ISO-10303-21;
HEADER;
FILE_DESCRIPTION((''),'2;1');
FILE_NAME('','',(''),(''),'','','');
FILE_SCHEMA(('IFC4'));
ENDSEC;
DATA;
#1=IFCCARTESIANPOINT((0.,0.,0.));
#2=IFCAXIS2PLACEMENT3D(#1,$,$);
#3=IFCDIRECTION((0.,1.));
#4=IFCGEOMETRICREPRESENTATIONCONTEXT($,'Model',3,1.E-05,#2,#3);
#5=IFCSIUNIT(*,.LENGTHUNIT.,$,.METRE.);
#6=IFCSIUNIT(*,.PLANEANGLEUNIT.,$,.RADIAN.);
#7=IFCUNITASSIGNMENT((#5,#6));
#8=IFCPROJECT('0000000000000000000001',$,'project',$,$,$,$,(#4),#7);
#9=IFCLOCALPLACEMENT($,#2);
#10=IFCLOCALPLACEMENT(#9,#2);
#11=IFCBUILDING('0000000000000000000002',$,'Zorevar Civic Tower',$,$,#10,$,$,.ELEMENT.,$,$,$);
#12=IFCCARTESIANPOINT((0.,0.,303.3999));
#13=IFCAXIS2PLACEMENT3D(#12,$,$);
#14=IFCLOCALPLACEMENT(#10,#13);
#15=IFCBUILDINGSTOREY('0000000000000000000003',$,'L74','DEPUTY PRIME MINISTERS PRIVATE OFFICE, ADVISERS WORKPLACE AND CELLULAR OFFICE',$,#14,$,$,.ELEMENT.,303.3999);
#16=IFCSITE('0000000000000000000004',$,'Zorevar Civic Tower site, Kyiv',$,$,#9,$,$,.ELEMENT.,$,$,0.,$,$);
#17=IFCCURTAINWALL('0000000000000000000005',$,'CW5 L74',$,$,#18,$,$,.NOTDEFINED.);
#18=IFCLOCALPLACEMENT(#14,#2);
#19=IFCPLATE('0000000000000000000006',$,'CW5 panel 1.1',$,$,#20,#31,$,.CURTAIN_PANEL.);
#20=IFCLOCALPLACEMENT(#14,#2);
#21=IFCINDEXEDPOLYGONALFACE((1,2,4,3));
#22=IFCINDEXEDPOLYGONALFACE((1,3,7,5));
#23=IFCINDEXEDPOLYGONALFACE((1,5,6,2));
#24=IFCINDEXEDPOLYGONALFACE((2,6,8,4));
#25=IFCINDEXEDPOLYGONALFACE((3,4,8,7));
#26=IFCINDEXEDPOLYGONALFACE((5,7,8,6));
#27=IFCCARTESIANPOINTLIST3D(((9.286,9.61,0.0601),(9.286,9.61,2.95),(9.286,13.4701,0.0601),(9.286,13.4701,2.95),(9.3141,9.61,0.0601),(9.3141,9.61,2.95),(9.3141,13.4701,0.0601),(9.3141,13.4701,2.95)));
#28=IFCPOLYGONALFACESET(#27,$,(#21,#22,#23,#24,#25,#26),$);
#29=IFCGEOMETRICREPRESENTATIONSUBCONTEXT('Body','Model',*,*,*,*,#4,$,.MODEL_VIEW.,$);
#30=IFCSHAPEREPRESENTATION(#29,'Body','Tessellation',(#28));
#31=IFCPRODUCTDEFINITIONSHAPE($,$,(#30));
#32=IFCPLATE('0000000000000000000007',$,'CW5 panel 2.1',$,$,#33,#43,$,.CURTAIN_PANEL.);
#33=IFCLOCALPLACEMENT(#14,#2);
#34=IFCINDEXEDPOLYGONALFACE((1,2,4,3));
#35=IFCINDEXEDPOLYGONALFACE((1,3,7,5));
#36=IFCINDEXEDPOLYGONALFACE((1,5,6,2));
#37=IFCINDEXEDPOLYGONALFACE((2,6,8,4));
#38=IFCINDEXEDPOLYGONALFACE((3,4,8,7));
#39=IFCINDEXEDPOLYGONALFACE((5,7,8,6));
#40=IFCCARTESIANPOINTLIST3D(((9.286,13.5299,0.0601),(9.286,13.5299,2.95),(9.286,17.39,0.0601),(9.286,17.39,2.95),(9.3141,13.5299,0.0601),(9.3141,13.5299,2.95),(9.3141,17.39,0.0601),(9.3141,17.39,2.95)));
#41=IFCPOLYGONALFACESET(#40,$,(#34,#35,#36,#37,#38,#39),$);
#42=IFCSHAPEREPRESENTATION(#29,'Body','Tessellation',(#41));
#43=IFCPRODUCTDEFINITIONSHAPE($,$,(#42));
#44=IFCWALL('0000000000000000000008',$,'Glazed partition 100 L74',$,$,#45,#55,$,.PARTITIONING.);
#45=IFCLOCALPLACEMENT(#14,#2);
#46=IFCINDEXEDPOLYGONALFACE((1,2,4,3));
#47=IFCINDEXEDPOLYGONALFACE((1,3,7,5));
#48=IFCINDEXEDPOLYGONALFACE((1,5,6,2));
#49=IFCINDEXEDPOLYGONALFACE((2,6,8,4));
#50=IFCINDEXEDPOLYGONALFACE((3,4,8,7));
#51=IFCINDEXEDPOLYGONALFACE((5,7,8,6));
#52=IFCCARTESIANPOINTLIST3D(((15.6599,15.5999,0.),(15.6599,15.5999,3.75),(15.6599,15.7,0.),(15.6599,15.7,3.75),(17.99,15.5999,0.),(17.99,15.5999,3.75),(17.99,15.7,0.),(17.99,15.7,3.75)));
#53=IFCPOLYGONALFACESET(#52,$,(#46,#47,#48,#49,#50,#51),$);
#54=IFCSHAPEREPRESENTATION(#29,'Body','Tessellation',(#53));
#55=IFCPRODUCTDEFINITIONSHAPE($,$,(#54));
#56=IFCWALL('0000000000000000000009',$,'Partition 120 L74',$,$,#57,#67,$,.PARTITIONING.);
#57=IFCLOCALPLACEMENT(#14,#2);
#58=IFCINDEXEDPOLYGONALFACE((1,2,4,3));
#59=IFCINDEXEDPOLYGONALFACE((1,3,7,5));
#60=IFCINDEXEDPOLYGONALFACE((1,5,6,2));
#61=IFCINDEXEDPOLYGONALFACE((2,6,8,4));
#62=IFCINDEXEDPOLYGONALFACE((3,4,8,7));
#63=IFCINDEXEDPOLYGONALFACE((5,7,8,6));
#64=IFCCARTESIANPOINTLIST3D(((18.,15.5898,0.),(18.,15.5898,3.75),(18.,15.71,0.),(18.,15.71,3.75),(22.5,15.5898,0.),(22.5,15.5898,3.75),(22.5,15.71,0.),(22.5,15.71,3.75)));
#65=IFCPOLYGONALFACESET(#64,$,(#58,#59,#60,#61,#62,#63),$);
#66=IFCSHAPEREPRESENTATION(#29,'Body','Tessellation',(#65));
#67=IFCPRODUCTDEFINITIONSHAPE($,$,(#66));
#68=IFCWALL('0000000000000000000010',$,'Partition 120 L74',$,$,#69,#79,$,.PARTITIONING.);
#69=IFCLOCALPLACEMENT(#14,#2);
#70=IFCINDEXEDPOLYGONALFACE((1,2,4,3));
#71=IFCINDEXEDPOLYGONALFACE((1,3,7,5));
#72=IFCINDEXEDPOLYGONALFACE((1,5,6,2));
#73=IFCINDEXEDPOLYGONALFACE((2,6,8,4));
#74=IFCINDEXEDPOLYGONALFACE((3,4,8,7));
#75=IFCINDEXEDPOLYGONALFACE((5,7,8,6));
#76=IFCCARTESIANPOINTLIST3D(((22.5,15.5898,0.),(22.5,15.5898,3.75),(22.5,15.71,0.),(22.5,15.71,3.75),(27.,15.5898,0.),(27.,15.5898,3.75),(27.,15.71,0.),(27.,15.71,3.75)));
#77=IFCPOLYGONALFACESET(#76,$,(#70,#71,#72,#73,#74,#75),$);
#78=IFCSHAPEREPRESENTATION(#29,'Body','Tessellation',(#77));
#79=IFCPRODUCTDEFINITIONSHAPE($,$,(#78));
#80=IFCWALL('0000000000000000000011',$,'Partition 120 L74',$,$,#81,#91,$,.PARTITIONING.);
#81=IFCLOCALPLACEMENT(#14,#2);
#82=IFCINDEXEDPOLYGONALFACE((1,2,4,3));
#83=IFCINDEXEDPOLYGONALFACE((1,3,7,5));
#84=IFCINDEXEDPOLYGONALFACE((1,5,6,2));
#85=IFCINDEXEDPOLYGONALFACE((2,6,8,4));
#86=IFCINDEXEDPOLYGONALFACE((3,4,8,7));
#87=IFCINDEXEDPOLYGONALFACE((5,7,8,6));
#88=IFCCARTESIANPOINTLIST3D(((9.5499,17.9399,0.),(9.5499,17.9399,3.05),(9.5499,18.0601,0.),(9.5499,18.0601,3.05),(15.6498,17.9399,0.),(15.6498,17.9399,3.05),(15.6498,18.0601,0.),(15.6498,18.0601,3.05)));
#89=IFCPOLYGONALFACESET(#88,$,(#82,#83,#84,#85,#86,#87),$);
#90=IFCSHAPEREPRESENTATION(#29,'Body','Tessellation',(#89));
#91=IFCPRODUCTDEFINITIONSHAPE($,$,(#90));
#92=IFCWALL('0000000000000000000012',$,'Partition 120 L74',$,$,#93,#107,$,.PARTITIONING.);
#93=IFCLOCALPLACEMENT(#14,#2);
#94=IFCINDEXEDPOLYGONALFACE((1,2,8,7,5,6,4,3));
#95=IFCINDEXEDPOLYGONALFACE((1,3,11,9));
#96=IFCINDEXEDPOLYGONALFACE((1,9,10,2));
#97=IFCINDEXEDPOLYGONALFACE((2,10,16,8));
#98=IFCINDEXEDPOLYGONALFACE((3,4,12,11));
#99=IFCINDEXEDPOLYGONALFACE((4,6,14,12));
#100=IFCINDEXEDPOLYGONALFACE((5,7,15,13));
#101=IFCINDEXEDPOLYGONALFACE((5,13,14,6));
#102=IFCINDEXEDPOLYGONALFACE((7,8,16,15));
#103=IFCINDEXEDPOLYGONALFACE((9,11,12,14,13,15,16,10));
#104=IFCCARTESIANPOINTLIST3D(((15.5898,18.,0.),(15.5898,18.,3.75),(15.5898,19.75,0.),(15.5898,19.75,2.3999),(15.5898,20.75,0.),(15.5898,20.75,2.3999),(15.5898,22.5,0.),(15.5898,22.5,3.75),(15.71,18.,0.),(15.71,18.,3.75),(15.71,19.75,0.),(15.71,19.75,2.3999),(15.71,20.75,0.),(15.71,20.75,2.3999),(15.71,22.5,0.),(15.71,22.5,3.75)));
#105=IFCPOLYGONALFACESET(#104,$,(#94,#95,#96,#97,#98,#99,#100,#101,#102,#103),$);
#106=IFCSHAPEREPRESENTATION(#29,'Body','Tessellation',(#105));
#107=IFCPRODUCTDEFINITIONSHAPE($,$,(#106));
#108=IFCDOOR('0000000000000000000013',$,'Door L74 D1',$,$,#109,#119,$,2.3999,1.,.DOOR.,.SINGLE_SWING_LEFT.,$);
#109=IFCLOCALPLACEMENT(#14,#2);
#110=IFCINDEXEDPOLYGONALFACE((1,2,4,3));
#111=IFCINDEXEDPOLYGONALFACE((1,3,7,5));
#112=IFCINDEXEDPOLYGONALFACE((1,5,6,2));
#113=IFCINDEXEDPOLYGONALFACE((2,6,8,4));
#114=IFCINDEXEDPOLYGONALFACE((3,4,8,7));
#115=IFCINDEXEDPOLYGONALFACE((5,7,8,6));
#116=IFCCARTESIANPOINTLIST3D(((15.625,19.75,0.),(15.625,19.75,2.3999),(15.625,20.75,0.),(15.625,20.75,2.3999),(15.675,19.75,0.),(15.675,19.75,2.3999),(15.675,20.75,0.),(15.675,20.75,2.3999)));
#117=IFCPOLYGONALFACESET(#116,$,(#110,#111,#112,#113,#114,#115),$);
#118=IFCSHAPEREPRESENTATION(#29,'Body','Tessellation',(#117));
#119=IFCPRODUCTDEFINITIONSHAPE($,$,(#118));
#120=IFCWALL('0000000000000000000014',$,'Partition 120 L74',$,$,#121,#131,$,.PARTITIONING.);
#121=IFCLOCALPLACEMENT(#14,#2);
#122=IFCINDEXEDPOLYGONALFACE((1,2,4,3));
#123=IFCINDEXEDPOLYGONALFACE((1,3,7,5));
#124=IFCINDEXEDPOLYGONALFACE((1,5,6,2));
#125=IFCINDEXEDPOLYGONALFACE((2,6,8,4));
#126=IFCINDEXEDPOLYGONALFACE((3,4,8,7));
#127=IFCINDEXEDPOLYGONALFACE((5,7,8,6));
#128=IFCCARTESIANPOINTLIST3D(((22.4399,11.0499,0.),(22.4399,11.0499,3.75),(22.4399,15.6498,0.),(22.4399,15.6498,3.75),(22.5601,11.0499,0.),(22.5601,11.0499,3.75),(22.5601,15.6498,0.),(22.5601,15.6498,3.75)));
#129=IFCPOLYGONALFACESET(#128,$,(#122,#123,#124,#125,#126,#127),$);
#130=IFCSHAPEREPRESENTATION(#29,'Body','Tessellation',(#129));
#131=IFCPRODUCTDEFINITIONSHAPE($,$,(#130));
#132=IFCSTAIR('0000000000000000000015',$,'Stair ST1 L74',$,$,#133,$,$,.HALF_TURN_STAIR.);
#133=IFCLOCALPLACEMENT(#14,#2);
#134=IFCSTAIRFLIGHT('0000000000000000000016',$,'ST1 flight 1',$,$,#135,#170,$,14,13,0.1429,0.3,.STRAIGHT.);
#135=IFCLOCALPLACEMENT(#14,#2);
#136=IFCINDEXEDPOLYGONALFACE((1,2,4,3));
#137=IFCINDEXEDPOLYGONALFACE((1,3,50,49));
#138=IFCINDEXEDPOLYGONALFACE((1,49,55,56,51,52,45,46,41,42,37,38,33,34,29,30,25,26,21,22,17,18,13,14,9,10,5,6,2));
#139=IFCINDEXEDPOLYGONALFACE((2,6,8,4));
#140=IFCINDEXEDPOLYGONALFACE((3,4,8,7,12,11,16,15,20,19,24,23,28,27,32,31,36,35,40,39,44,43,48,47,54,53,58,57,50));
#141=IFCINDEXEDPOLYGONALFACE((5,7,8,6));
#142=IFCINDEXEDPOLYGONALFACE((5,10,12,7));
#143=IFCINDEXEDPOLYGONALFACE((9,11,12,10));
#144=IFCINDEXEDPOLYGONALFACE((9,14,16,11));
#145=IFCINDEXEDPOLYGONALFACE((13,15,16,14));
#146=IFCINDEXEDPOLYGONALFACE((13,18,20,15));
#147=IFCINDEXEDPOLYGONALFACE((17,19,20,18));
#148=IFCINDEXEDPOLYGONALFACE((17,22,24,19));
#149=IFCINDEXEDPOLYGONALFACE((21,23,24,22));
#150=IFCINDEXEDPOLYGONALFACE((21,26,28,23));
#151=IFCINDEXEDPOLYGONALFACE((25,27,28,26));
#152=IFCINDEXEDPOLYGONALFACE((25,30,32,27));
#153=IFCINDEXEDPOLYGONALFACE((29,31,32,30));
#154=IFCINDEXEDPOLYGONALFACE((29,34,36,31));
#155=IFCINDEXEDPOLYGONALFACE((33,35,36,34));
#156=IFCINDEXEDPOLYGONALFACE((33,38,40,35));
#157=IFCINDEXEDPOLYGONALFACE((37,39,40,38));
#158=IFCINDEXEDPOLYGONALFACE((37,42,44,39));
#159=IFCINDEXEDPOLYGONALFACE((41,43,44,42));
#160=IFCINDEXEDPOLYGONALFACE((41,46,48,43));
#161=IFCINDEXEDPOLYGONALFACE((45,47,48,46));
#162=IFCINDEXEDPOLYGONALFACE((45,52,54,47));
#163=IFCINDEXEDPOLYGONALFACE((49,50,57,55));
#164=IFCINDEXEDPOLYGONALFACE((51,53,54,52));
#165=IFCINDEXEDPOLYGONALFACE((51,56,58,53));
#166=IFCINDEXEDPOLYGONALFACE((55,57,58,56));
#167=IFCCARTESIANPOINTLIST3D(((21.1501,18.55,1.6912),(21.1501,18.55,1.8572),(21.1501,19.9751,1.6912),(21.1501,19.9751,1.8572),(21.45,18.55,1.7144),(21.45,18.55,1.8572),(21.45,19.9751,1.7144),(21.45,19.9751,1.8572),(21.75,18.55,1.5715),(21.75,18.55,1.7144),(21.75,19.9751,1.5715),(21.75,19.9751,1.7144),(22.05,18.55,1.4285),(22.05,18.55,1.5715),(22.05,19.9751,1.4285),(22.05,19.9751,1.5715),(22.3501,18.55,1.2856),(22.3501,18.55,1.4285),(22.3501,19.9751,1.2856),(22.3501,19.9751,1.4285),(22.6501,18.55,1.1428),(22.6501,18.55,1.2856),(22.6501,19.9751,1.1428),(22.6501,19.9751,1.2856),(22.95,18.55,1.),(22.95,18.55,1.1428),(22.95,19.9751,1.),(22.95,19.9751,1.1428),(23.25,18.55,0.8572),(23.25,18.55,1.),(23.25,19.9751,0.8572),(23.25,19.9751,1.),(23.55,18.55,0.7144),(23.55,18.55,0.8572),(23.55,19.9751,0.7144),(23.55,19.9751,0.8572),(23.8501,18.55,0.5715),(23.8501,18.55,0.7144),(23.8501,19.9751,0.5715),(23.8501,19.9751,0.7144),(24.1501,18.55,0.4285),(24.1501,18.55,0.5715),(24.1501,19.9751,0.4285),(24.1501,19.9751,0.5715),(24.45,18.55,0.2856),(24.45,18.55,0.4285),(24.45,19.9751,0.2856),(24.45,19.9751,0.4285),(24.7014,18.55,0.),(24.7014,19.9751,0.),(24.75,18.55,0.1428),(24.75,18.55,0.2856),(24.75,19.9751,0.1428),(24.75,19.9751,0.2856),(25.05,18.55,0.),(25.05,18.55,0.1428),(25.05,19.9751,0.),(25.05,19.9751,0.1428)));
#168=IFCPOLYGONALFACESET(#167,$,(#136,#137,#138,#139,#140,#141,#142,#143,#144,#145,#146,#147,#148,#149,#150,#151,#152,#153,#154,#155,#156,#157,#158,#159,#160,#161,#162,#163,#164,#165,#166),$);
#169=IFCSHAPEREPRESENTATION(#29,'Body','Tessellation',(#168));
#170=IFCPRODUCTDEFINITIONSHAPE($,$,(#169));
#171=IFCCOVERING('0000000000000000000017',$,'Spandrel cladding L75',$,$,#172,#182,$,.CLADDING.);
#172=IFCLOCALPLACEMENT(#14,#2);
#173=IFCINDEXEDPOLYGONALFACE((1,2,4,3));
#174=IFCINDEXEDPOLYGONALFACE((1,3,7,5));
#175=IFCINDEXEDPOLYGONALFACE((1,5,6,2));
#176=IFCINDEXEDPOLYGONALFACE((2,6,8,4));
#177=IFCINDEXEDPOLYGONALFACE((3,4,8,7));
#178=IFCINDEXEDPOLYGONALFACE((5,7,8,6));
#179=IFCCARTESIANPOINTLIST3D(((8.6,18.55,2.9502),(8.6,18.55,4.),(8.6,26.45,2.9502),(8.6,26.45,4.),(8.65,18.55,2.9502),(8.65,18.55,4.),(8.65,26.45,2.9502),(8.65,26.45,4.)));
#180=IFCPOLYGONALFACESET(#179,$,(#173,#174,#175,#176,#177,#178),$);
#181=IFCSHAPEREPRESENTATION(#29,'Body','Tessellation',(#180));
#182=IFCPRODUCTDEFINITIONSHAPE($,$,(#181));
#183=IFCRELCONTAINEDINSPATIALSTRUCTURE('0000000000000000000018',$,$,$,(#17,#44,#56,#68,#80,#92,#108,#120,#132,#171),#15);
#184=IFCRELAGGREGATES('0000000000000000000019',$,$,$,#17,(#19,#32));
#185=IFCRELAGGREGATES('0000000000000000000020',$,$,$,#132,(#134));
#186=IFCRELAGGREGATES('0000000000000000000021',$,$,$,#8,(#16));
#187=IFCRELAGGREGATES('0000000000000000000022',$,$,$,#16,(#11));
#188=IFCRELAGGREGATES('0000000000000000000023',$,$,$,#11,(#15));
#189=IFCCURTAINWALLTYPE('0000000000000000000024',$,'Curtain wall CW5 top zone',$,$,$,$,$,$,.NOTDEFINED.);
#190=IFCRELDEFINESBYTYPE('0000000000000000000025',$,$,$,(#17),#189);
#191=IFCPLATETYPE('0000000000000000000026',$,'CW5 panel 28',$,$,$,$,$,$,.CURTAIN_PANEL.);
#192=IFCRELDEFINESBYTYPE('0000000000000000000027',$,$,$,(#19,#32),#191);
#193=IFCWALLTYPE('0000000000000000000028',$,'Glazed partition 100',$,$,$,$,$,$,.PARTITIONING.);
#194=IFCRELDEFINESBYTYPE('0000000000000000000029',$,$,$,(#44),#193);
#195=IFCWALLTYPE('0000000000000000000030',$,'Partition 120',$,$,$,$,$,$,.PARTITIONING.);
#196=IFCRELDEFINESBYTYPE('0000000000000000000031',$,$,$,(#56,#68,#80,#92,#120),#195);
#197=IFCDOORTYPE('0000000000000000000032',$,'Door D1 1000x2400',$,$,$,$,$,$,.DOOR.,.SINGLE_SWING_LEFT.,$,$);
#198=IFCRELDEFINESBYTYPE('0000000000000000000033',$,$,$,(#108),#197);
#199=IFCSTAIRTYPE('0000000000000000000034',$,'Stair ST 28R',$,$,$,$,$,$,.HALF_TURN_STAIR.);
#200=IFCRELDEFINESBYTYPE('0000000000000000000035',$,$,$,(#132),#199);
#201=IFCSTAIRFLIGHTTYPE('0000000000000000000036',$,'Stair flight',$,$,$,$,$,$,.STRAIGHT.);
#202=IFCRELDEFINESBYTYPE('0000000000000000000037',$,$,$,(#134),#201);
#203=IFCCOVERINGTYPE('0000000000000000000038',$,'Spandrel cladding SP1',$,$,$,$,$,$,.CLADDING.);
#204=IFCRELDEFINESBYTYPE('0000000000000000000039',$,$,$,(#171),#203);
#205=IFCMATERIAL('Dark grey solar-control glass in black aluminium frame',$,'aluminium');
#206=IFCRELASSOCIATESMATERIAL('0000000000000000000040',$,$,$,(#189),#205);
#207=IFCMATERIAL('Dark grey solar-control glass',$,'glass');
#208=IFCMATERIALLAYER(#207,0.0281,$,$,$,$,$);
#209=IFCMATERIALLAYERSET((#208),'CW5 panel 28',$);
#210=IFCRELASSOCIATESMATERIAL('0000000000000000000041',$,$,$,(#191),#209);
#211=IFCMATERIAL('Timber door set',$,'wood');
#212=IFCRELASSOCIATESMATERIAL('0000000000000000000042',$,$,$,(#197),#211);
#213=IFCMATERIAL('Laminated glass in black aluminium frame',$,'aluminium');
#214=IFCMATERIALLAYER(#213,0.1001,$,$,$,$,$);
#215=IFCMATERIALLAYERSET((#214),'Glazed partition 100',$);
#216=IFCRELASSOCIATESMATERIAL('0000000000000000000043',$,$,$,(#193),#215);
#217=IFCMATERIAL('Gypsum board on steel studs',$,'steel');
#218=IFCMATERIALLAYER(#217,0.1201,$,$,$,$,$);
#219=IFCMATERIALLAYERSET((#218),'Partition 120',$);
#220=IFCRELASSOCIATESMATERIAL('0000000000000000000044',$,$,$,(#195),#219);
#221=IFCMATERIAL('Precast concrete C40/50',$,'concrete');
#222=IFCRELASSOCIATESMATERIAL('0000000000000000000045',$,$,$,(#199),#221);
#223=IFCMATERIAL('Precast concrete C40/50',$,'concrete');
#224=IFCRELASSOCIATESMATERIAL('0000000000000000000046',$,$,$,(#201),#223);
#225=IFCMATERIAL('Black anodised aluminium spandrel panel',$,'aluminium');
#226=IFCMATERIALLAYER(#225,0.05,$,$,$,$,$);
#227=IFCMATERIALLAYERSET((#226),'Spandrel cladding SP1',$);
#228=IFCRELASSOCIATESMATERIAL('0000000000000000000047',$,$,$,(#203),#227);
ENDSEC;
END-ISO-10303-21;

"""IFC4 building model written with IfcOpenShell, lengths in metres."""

from ifc_helpers import new_model, si_unit, direction, frame, frame_2d, origin, origin_2d, place, context, subcontext, project, spatial, polyline, rectangle, outline, extrude, material, layer, layer_set, type_object, element, fill, aggregate, save


model = new_model("IFC4")

# Units and contexts
model_context = context("Model", 3, precision=1e-05, world=origin(), true_north=direction((0.0, 1.0)))
body_context = subcontext(model_context, "Body", "Model", "MODEL_VIEW")
ifc_project = project(units=[si_unit("LENGTHUNIT", "METRE"), si_unit("PLANEANGLEUNIT", "RADIAN")], contexts=[model_context])

# Site, building, storey
site_placement = place(None, origin())
site = spatial("IfcSite", under=ifc_project, at=site_placement, Name="Zorevar Civic Tower site, Kyiv", CompositionType="ELEMENT", RefElevation=0.0)
building_placement = place(site_placement, origin())
building = spatial("IfcBuilding", under=site, at=building_placement, Name="Zorevar Civic Tower", CompositionType="ELEMENT")
storey_placement = place(building_placement, frame((0.0, 0.0, 303.3999)))
storey = spatial("IfcBuildingStorey", under=building, at=storey_placement, Name="L74", Description="DEPUTY PRIME MINISTERS PRIVATE OFFICE, ADVISERS WORKPLACE AND CELLULAR OFFICE", CompositionType="ELEMENT", Elevation=303.3999)

# Curtain wall
ifc_material_1 = material(Name="Dark grey solar-control glass in black aluminium frame", Category="aluminium")
curtain_wall_type = type_object("IfcCurtainWallType", Name="Curtain wall CW5 top zone", PredefinedType="NOTDEFINED", material=ifc_material_1)
curtain_wall_1_placement = place(storey_placement, origin())
curtain_wall_1 = element("IfcCurtainWall", 1, at=curtain_wall_1_placement, inside=storey, type_object=curtain_wall_type, Name="CW5 L74", PredefinedType="NOTDEFINED")

# Plates
ifc_material_2 = material(Name="Dark grey solar-control glass", Category="glass")
ifc_layer_1 = layer(ifc_material_2, 0.0281)
ifc_layer_set_1 = layer_set([ifc_layer_1], Name="CW5 panel 28")
plate_type = type_object("IfcPlateType", Name="CW5 panel 28", PredefinedType="CURTAIN_PANEL", material=ifc_layer_set_1)
plate_1_placement = place(storey_placement, frame((9.3, 11.54, 0.0601), z_axis=(0.0, 0.0, 1.0), x_axis=(0.0, 1.0, 0.0)))
plate_1 = element("IfcPlate", 2, at=plate_1_placement, type_object=plate_type, Name="CW5 panel 1.1", PredefinedType="CURTAIN_PANEL", context=body_context, shape_type="SweptSolid", body=[
    extrude(rectangle(XDim=3.8601, YDim=0.0281, at=origin_2d()), origin(), (0.0, 0.0, 1.0), 2.8899),
])
plate_2_placement = place(storey_placement, frame((9.3, 15.46, 0.0601), z_axis=(0.0, 0.0, 1.0), x_axis=(0.0, 1.0, 0.0)))
plate_2 = element("IfcPlate", 3, at=plate_2_placement, type_object=plate_type, Name="CW5 panel 2.1", PredefinedType="CURTAIN_PANEL", context=body_context, shape_type="SweptSolid", body=[
    extrude(rectangle(XDim=3.8601, YDim=0.0281, at=origin_2d()), origin(), (0.0, 0.0, 1.0), 2.8899),
])
aggregate(curtain_wall_1, [plate_1, plate_2])

# Shared definitions
ifc_material_3 = material(Name="Timber door set", Category="wood")
door_type_1 = type_object("IfcDoorType", Name="Door D1 1000x2400", OperationType="SINGLE_SWING_LEFT", PredefinedType="DOOR", material=ifc_material_3)

# Walls
ifc_material_4 = material(Name="Laminated glass in black aluminium frame", Category="aluminium")
ifc_layer_2 = layer(ifc_material_4, 0.1001)
ifc_layer_set_2 = layer_set([ifc_layer_2], Name="Glazed partition 100")
wall_type_1 = type_object("IfcWallType", Name="Glazed partition 100", PredefinedType="PARTITIONING", material=ifc_layer_set_2)
wall_1_placement = place(storey_placement, frame((15.6599, 15.6499, 0.0), z_axis=(0.0, 0.0, 1.0), x_axis=(1.0, 0.0, 0.0)))
element("IfcWall", 4, at=wall_1_placement, inside=storey, type_object=wall_type_1, Name="Glazed partition 100 L74", PredefinedType="PARTITIONING", context=body_context, shape_type="SweptSolid", body=[
    extrude(rectangle(XDim=2.3301, YDim=0.1001, at=frame_2d((1.165, 0.0))), origin(), (0.0, 0.0, 1.0), 3.75),
])
ifc_material_5 = material(Name="Gypsum board on steel studs", Category="steel")
ifc_layer_3 = layer(ifc_material_5, 0.1201)
ifc_layer_set_3 = layer_set([ifc_layer_3], Name="Partition 120")
wall_type_2 = type_object("IfcWallType", Name="Partition 120", PredefinedType="PARTITIONING", material=ifc_layer_set_3)
for number, where, z_axis, x_axis, name in (
    (5, (18.0, 15.6499, 0.0), (0.0, 0.0, 1.0), (1.0, 0.0, 0.0), "Partition 120 L74"),
    (6, (22.5, 15.6499, 0.0), (0.0, 0.0, 1.0), (1.0, 0.0, 0.0), "Partition 120 L74"),
):
    element("IfcWall", number, at=place(storey_placement, frame(where, z_axis=z_axis, x_axis=x_axis)), inside=storey, type_object=wall_type_2, Name=name, PredefinedType="PARTITIONING", context=body_context, shape_type="SweptSolid", body=[
        extrude(rectangle(XDim=4.5, YDim=0.1201, at=frame_2d((2.25, 0.0))), origin(), (0.0, 0.0, 1.0), 3.75),
    ])
wall_2_placement = place(storey_placement, frame((9.55, 18.0, 0.0), z_axis=(0.0, 0.0, 1.0), x_axis=(1.0, 0.0, 0.0)))
element("IfcWall", 7, at=wall_2_placement, inside=storey, type_object=wall_type_2, Name="Partition 120 L74", PredefinedType="PARTITIONING", context=body_context, shape_type="SweptSolid", body=[
    extrude(rectangle(XDim=6.0999, YDim=0.1201, at=frame_2d((3.0498, 0.0))), origin(), (0.0, 0.0, 1.0), 3.05),
])

# Wall, opening, door
wall_3_placement = place(storey_placement, frame((15.6499, 18.0, 0.0), z_axis=(0.0, 0.0, 1.0), x_axis=(0.0, 1.0, 0.0)))
wall_3 = element("IfcWall", 8, at=wall_3_placement, inside=storey, type_object=wall_type_2, Name="Partition 120 L74", PredefinedType="PARTITIONING", context=body_context, shape_type="SweptSolid", body=[
    extrude(rectangle(XDim=4.5, YDim=0.1201, at=frame_2d((2.25, 0.0))), origin(), (0.0, 0.0, 1.0), 3.75),
])
opening_1_placement = place(wall_3_placement, frame((1.75, 0.0, 0.0)))
opening_1 = element("IfcOpeningElement", 9, at=opening_1_placement, cuts=wall_3, PredefinedType="OPENING", context=body_context, shape_type="SweptSolid", body=[
    extrude(rectangle(XDim=1.0, YDim=2.3999, at=frame_2d((0.5, 1.2))), frame((0.0, 0.0701, 0.0), z_axis=(0.0, -1.0, 0.0), x_axis=(1.0, 0.0, 0.0)), (0.0, 0.0, 1.0), 0.1401),
])
door_1_placement = place(opening_1_placement, origin())
door_1 = element("IfcDoor", 10, at=door_1_placement, inside=storey, type_object=door_type_1, Name="Door L74 D1", OperationType="SINGLE_SWING_LEFT", OverallHeight=2.3999, OverallWidth=1.0, PredefinedType="DOOR", context=body_context, shape_type="SweptSolid", body=[
    extrude(rectangle(XDim=1.0, YDim=2.3999, at=frame_2d((0.5, 1.2))), frame((0.0, 0.0249, 0.0), z_axis=(0.0, -1.0, 0.0), x_axis=(1.0, 0.0, 0.0)), (0.0, 0.0, 1.0), 0.05),
])
fill(opening_1, door_1)

# Wall
wall_4_placement = place(storey_placement, frame((22.5, 11.05, 0.0), z_axis=(0.0, 0.0, 1.0), x_axis=(0.0, 1.0, 0.0)))
element("IfcWall", 11, at=wall_4_placement, inside=storey, type_object=wall_type_2, Name="Partition 120 L74", PredefinedType="PARTITIONING", context=body_context, shape_type="SweptSolid", body=[
    extrude(rectangle(XDim=4.5999, YDim=0.1201, at=frame_2d((2.2998, 0.0))), origin(), (0.0, 0.0, 1.0), 3.75),
])

# Stair, stair flight
ifc_material_6 = material(Name="Precast concrete C40/50", Category="concrete")
stair_type = type_object("IfcStairType", Name="Stair ST 28R", PredefinedType="HALF_TURN_STAIR", material=ifc_material_6)
stair_placement = place(storey_placement, origin())
stair = element("IfcStair", 12, at=stair_placement, inside=storey, type_object=stair_type, Name="Stair ST1 L74", PredefinedType="HALF_TURN_STAIR")
ifc_material_7 = material(Name="Precast concrete C40/50", Category="concrete")
stair_flight_type = type_object("IfcStairFlightType", Name="Stair flight", PredefinedType="STRAIGHT", material=ifc_material_7)
stair_flight_placement = place(storey_placement, frame((25.05, 19.2625, 0.0), z_axis=(0.0, 0.0, 1.0), x_axis=(-1.0, 0.0, 0.0)))
stair_flight = element("IfcStairFlight", 13, at=stair_flight_placement, type_object=stair_flight_type, Name="ST1 flight 1", NumberOfRisers=14, NumberOfTreads=13, PredefinedType="STRAIGHT", RiserHeight=0.1429, TreadLength=0.3, context=body_context, shape_type="SweptSolid", body=[
    extrude(outline(polyline([(0.0, 0.0), (0.0, 0.1428), (0.3, 0.1428), (0.3, 0.2856), (0.6001, 0.2856), (0.6001, 0.4285), (0.8999, 0.4285), (0.8999, 0.5715), (1.2, 0.5715), (1.2, 0.7144), (1.5, 0.7144), (1.5, 0.8572), (1.8, 0.8572), (1.8, 1.0), (2.1001, 1.0), (2.1001, 1.1428), (2.3999, 1.1428), (2.3999, 1.2856), (2.7, 1.2856), (2.7, 1.4285), (3.0, 1.4285), (3.0, 1.5715), (3.3, 1.5715), (3.3, 1.7144), (3.6001, 1.7144), (3.6001, 1.8572), (3.8999, 1.8572), (3.8999, 2.0), (3.8999, 1.6912), (0.3486, 0.0), (0.0, 0.0)])), frame((0.0, 0.7124, 0.0), z_axis=(0.0, -1.0, 0.0), x_axis=(1.0, 0.0, 0.0)), (0.0, 0.0, 1.0), 1.425),
])
aggregate(stair, [stair_flight])

# Covering
ifc_material_8 = material(Name="Black anodised aluminium spandrel panel", Category="aluminium")
ifc_layer_4 = layer(ifc_material_8, 0.05)
ifc_layer_set_4 = layer_set([ifc_layer_4], Name="Spandrel cladding SP1")
covering_type = type_object("IfcCoveringType", Name="Spandrel cladding SP1", PredefinedType="CLADDING", material=ifc_layer_set_4)
covering_placement = place(storey_placement, frame((8.625, 18.55, 2.9502), z_axis=(0.0, 0.0, 1.0), x_axis=(0.0, 1.0, 0.0)))
element("IfcCovering", 14, at=covering_placement, inside=storey, type_object=covering_type, Name="Spandrel cladding L75", PredefinedType="CLADDING", context=body_context, shape_type="SweptSolid", body=[
    extrude(rectangle(XDim=7.8999, YDim=0.05, at=frame_2d((3.95, 0.0))), origin(), (0.0, 0.0, 1.0), 1.0498),
])

save(model, "model.ifc")
